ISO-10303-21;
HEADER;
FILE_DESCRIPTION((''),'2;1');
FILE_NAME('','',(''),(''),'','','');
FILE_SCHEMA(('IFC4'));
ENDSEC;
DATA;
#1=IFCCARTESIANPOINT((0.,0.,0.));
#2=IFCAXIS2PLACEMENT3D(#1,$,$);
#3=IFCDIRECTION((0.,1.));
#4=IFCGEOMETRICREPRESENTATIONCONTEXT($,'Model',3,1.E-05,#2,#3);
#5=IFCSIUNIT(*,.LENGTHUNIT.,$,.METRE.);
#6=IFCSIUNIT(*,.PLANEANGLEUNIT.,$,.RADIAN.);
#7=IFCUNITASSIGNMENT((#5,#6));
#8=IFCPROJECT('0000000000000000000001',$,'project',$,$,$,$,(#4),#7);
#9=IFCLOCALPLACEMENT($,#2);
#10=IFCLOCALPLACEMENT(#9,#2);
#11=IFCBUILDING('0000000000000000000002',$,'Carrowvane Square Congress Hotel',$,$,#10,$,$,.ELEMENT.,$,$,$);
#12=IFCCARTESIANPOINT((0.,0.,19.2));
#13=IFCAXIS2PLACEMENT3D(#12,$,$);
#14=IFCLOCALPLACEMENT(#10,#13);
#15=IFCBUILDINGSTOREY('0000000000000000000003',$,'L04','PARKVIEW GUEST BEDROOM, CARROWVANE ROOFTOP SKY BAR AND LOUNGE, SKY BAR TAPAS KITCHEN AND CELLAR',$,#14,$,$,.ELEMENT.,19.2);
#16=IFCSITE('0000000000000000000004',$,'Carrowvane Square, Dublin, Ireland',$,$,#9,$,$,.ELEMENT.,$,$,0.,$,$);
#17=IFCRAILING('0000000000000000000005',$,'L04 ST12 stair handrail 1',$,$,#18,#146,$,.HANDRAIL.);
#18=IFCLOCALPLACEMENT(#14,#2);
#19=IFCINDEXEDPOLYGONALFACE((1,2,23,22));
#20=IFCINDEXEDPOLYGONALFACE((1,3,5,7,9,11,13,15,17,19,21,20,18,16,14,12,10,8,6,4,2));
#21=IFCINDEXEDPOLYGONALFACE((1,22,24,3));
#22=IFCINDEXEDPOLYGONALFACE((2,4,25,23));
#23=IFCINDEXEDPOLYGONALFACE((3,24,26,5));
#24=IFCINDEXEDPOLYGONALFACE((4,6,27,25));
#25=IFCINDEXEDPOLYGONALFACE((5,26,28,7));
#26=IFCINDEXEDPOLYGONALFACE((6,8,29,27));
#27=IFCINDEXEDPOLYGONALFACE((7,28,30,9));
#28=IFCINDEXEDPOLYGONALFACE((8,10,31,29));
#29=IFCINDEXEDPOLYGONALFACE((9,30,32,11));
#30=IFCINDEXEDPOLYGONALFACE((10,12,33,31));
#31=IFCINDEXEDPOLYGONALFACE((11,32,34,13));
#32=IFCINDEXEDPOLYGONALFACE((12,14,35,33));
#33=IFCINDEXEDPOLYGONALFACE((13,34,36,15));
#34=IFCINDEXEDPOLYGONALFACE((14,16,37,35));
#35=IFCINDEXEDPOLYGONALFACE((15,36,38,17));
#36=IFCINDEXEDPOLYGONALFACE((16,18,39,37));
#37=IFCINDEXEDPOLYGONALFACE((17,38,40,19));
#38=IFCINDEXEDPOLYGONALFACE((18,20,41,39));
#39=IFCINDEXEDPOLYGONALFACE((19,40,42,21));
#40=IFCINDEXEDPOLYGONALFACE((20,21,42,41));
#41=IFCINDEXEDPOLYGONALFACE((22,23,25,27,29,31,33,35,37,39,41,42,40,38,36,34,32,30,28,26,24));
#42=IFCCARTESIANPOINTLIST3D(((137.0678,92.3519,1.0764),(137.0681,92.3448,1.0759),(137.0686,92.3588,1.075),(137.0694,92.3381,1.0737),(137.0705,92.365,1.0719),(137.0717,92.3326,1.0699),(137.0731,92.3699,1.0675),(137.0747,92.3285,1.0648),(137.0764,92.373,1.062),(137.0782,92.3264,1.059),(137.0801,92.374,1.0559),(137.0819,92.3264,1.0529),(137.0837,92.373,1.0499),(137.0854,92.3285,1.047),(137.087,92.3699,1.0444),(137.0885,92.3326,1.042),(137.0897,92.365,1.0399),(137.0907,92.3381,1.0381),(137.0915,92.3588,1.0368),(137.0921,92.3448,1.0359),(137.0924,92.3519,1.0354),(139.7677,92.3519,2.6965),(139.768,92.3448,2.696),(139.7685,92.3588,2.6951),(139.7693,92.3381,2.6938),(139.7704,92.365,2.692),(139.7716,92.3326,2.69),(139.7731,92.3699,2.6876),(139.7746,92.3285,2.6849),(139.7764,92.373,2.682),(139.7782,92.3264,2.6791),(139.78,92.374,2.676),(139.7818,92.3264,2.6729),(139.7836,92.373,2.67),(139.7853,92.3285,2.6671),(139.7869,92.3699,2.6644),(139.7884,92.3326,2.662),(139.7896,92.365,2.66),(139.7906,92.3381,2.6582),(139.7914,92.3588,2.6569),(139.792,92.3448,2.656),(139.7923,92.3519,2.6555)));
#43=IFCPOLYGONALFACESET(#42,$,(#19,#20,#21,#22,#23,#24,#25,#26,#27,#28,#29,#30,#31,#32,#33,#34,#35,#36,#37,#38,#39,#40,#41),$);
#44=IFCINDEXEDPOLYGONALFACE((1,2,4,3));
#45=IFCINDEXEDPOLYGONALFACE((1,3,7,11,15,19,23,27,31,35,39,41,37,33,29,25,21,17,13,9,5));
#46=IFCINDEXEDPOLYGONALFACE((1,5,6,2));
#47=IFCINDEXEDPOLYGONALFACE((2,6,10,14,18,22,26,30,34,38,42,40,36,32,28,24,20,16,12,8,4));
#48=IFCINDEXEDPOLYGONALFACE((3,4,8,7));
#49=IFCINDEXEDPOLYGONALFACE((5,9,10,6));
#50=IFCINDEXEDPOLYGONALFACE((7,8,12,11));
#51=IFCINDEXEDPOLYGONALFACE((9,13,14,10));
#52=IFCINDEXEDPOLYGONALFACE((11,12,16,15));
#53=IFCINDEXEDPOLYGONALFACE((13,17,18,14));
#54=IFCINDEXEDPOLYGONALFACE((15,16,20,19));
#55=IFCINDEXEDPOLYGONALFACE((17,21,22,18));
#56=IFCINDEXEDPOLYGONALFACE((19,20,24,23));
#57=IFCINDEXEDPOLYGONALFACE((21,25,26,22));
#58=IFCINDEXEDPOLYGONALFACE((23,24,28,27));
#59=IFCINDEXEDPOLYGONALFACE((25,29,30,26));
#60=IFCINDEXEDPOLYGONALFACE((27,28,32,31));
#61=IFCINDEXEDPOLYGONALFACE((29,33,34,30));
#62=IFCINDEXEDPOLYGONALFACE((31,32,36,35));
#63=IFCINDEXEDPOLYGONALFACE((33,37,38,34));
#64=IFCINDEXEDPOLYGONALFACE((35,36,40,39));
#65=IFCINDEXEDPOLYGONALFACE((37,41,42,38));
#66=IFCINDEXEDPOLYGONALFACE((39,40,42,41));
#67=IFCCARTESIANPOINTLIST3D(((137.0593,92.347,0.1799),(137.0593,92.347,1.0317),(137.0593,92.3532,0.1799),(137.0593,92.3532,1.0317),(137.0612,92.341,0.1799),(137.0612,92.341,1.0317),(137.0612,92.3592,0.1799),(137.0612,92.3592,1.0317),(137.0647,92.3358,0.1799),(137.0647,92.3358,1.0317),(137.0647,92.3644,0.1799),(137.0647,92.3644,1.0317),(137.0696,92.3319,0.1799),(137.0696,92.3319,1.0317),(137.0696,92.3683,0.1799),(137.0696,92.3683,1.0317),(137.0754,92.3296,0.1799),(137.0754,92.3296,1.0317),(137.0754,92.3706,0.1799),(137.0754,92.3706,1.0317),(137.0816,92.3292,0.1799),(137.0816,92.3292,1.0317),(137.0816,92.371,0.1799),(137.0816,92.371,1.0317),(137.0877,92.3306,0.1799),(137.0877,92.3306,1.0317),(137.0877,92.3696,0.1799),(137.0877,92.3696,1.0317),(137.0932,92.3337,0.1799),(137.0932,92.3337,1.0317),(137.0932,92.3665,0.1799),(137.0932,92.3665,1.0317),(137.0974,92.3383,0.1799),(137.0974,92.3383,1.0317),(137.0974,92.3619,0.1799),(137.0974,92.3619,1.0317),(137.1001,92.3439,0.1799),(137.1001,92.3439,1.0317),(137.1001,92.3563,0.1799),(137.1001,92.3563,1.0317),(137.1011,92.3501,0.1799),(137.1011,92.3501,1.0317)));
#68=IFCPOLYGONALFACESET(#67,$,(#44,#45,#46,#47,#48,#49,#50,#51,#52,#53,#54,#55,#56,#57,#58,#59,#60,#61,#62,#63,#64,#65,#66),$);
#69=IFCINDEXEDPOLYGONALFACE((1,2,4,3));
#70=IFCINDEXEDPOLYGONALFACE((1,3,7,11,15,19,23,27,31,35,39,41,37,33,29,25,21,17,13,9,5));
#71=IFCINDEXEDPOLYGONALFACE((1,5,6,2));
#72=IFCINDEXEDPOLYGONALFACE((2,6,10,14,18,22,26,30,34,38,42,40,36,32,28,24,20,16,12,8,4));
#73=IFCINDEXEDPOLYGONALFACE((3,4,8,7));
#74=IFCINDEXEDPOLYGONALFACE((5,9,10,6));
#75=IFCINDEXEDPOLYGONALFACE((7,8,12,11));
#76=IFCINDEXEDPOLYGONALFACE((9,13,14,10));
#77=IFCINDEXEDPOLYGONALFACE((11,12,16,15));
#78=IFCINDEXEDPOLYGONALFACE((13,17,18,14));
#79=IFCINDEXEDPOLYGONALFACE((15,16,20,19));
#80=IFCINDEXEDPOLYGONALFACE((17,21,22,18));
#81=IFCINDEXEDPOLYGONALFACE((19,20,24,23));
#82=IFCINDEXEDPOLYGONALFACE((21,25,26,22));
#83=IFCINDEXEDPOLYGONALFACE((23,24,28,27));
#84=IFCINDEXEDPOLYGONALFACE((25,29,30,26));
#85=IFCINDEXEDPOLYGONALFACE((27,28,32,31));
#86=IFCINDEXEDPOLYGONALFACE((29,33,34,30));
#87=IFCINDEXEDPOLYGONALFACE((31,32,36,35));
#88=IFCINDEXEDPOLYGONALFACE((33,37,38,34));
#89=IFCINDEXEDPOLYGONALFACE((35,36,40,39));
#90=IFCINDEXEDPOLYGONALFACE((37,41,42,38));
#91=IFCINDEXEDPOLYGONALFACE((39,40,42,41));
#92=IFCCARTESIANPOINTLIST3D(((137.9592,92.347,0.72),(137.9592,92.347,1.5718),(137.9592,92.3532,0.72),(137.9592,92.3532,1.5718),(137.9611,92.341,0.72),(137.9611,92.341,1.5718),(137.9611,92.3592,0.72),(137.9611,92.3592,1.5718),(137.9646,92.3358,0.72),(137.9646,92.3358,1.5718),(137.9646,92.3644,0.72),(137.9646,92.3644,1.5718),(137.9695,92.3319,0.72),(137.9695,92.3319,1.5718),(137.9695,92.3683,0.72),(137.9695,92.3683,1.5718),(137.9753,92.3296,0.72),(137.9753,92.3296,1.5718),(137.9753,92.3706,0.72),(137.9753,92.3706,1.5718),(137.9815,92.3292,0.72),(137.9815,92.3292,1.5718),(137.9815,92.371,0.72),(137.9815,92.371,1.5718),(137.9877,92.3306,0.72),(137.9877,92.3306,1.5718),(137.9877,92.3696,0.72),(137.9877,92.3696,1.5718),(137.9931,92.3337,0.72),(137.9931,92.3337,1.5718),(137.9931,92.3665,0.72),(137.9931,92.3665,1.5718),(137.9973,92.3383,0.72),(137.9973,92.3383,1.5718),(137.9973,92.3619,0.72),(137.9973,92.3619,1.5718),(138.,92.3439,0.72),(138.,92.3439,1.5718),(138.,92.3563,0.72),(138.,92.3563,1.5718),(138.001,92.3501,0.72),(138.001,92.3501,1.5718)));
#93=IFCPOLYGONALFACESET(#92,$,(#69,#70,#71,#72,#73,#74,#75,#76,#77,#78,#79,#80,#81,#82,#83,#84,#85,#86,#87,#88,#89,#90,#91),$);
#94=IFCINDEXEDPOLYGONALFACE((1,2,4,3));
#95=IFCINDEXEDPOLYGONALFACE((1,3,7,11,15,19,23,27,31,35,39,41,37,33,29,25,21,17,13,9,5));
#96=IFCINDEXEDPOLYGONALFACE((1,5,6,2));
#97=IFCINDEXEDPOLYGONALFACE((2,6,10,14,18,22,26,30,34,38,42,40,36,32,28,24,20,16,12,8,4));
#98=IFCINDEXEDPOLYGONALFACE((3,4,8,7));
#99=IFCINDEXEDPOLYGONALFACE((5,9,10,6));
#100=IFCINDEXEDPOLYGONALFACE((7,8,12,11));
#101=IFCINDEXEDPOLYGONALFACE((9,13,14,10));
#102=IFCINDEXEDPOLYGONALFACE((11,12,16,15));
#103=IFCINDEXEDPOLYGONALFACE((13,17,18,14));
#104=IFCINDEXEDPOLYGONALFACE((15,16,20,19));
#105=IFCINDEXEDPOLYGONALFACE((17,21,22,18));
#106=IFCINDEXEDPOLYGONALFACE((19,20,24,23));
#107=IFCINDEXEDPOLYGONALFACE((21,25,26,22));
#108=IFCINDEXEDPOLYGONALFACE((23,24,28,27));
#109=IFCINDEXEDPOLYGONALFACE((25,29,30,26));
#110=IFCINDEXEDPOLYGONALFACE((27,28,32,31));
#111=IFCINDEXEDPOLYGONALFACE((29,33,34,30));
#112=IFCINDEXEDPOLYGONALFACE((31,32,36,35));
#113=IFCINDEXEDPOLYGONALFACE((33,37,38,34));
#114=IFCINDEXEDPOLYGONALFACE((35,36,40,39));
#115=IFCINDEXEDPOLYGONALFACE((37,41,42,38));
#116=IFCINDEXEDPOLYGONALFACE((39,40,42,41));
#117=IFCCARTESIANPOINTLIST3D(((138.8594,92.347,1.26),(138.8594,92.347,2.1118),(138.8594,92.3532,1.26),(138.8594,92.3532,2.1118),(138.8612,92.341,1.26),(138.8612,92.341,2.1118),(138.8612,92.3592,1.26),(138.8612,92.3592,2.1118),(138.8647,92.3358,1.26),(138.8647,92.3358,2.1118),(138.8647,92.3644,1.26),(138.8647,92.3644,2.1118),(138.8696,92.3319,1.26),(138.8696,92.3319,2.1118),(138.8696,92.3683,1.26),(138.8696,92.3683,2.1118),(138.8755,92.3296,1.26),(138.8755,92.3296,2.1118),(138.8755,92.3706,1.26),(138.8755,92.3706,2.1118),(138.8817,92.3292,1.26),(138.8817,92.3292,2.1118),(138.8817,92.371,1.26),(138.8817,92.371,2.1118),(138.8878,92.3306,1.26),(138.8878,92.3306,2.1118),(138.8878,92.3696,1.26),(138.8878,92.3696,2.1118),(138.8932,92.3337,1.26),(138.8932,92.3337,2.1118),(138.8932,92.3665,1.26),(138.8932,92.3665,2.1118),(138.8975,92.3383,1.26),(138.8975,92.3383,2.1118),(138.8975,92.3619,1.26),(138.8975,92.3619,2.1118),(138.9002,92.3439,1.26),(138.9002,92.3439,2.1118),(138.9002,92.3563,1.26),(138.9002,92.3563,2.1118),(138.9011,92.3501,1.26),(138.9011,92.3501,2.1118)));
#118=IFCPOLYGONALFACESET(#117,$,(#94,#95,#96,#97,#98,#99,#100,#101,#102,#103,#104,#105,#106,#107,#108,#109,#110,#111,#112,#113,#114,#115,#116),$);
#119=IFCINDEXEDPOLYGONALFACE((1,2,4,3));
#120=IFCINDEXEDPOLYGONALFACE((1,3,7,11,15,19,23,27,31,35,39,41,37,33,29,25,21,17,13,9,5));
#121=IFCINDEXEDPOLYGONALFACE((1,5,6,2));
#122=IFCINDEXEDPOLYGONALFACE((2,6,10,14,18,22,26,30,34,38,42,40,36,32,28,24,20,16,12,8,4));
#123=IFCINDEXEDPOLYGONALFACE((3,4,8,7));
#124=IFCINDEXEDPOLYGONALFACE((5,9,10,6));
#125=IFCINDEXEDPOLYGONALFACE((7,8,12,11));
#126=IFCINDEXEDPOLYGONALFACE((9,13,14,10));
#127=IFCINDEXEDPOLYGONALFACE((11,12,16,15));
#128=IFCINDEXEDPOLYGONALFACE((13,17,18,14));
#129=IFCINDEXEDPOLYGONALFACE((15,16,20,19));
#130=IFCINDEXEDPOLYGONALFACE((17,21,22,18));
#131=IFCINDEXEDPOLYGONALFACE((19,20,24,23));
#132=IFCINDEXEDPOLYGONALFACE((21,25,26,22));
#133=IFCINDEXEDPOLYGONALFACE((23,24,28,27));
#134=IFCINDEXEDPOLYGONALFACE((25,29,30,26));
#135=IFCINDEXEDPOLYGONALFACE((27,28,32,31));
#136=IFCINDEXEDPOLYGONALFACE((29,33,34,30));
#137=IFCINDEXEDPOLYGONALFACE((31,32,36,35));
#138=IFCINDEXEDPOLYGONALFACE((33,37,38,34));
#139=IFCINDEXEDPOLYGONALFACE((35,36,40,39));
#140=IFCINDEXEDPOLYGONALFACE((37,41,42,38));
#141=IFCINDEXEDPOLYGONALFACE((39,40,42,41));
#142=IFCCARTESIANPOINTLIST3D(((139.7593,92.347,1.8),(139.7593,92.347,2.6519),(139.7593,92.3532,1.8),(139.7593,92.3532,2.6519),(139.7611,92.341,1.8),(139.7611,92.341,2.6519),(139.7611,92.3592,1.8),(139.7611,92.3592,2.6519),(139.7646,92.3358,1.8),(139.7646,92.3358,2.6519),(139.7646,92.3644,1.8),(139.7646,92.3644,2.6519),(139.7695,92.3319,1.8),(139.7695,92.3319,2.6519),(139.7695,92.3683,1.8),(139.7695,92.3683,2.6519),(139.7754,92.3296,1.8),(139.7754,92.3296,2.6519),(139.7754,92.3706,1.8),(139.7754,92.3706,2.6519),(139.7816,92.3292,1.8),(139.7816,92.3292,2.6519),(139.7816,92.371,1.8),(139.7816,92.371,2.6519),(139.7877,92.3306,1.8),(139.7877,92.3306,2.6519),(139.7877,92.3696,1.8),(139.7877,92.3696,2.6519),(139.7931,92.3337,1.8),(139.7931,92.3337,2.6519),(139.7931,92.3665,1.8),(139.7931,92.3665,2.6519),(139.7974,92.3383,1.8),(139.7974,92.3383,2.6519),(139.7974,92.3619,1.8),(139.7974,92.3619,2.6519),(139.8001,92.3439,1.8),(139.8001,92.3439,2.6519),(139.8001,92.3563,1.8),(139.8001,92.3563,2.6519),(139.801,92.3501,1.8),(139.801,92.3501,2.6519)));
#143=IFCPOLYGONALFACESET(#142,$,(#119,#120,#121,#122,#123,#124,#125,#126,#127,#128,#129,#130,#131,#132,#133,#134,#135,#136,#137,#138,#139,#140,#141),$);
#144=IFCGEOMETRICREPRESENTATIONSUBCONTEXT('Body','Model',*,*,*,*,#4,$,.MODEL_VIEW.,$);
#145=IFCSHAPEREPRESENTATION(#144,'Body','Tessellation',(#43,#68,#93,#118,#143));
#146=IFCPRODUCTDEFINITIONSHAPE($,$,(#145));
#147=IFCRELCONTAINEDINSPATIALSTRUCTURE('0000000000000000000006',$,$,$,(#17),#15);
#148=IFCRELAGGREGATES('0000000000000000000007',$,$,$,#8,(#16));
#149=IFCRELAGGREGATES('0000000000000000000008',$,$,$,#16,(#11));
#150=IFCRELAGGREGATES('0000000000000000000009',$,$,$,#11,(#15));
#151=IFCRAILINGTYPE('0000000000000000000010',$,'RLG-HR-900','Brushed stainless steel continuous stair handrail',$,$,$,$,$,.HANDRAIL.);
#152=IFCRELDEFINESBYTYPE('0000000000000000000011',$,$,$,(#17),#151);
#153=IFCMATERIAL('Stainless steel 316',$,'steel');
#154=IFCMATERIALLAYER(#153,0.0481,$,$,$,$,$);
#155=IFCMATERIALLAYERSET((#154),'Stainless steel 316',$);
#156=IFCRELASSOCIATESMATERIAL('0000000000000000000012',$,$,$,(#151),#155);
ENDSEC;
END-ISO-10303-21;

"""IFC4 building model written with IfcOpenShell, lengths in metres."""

from ifc_helpers import new_model, si_unit, direction, frame, origin, origin_2d, place, context, subcontext, project, spatial, circle, extrude, material, layer, layer_set, type_object, element, save


model = new_model("IFC4")

# Units and contexts
model_context = context("Model", 3, precision=1e-05, world=origin(), true_north=direction((0.0, 1.0)))
body_context = subcontext(model_context, "Body", "Model", "MODEL_VIEW")
ifc_project = project(units=[si_unit("LENGTHUNIT", "METRE"), si_unit("PLANEANGLEUNIT", "RADIAN")], contexts=[model_context])

# Site, building, storey
site_placement = place(None, origin())
site = spatial("IfcSite", under=ifc_project, at=site_placement, Name="Carrowvane Square, Dublin, Ireland", CompositionType="ELEMENT", RefElevation=0.0)
building_placement = place(site_placement, origin())
building = spatial("IfcBuilding", under=site, at=building_placement, Name="Carrowvane Square Congress Hotel", CompositionType="ELEMENT")
storey_placement = place(building_placement, frame((0.0, 0.0, 19.2)))
storey = spatial("IfcBuildingStorey", under=building, at=storey_placement, Name="L04", Description="PARKVIEW GUEST BEDROOM, CARROWVANE ROOFTOP SKY BAR AND LOUNGE, SKY BAR TAPAS KITCHEN AND CELLAR", CompositionType="ELEMENT", Elevation=19.2)

# Railing
ifc_material_1 = material(Name="Stainless steel 316", Category="steel")
ifc_layer_1 = layer(ifc_material_1, 0.0481)
ifc_layer_set_1 = layer_set([ifc_layer_1], Name="Stainless steel 316")
railing_type_1 = type_object("IfcRailingType", Name="RLG-HR-900", Description="Brushed stainless steel continuous stair handrail", PredefinedType="HANDRAIL", material=ifc_layer_set_1)
railing_1_placement = place(storey_placement, frame((137.0801, 92.3501, 0.1799)))
element("IfcRailing", 1, at=railing_1_placement, inside=storey, type_object=railing_type_1, Name="L04 ST12 stair handrail 1", PredefinedType="HANDRAIL", context=body_context, shape_type="SweptSolid", body=[
    extrude(circle(Radius=0.0239, at=origin_2d()), frame((0.0, 0.0, 0.876), z_axis=(0.857472, 0.0, 0.51453), x_axis=(0.0, 1.0, 0.0)), (0.0, 0.0, 1.0), 3.1487),
    extrude(circle(Radius=0.021, at=origin_2d()), origin(), (0.0, 0.0, 1.0), 0.8518),
    extrude(circle(Radius=0.021, at=origin_2d()), frame((0.8999, 0.0, 0.54)), (0.0, 0.0, 1.0), 0.8518),
    extrude(circle(Radius=0.021, at=origin_2d()), frame((1.8, 0.0, 1.0801)), (0.0, 0.0, 1.0), 0.8518),
    extrude(circle(Radius=0.021, at=origin_2d()), frame((2.7, 0.0, 1.6201)), (0.0, 0.0, 1.0), 0.8518),
])

save(model, "model.ifc")
